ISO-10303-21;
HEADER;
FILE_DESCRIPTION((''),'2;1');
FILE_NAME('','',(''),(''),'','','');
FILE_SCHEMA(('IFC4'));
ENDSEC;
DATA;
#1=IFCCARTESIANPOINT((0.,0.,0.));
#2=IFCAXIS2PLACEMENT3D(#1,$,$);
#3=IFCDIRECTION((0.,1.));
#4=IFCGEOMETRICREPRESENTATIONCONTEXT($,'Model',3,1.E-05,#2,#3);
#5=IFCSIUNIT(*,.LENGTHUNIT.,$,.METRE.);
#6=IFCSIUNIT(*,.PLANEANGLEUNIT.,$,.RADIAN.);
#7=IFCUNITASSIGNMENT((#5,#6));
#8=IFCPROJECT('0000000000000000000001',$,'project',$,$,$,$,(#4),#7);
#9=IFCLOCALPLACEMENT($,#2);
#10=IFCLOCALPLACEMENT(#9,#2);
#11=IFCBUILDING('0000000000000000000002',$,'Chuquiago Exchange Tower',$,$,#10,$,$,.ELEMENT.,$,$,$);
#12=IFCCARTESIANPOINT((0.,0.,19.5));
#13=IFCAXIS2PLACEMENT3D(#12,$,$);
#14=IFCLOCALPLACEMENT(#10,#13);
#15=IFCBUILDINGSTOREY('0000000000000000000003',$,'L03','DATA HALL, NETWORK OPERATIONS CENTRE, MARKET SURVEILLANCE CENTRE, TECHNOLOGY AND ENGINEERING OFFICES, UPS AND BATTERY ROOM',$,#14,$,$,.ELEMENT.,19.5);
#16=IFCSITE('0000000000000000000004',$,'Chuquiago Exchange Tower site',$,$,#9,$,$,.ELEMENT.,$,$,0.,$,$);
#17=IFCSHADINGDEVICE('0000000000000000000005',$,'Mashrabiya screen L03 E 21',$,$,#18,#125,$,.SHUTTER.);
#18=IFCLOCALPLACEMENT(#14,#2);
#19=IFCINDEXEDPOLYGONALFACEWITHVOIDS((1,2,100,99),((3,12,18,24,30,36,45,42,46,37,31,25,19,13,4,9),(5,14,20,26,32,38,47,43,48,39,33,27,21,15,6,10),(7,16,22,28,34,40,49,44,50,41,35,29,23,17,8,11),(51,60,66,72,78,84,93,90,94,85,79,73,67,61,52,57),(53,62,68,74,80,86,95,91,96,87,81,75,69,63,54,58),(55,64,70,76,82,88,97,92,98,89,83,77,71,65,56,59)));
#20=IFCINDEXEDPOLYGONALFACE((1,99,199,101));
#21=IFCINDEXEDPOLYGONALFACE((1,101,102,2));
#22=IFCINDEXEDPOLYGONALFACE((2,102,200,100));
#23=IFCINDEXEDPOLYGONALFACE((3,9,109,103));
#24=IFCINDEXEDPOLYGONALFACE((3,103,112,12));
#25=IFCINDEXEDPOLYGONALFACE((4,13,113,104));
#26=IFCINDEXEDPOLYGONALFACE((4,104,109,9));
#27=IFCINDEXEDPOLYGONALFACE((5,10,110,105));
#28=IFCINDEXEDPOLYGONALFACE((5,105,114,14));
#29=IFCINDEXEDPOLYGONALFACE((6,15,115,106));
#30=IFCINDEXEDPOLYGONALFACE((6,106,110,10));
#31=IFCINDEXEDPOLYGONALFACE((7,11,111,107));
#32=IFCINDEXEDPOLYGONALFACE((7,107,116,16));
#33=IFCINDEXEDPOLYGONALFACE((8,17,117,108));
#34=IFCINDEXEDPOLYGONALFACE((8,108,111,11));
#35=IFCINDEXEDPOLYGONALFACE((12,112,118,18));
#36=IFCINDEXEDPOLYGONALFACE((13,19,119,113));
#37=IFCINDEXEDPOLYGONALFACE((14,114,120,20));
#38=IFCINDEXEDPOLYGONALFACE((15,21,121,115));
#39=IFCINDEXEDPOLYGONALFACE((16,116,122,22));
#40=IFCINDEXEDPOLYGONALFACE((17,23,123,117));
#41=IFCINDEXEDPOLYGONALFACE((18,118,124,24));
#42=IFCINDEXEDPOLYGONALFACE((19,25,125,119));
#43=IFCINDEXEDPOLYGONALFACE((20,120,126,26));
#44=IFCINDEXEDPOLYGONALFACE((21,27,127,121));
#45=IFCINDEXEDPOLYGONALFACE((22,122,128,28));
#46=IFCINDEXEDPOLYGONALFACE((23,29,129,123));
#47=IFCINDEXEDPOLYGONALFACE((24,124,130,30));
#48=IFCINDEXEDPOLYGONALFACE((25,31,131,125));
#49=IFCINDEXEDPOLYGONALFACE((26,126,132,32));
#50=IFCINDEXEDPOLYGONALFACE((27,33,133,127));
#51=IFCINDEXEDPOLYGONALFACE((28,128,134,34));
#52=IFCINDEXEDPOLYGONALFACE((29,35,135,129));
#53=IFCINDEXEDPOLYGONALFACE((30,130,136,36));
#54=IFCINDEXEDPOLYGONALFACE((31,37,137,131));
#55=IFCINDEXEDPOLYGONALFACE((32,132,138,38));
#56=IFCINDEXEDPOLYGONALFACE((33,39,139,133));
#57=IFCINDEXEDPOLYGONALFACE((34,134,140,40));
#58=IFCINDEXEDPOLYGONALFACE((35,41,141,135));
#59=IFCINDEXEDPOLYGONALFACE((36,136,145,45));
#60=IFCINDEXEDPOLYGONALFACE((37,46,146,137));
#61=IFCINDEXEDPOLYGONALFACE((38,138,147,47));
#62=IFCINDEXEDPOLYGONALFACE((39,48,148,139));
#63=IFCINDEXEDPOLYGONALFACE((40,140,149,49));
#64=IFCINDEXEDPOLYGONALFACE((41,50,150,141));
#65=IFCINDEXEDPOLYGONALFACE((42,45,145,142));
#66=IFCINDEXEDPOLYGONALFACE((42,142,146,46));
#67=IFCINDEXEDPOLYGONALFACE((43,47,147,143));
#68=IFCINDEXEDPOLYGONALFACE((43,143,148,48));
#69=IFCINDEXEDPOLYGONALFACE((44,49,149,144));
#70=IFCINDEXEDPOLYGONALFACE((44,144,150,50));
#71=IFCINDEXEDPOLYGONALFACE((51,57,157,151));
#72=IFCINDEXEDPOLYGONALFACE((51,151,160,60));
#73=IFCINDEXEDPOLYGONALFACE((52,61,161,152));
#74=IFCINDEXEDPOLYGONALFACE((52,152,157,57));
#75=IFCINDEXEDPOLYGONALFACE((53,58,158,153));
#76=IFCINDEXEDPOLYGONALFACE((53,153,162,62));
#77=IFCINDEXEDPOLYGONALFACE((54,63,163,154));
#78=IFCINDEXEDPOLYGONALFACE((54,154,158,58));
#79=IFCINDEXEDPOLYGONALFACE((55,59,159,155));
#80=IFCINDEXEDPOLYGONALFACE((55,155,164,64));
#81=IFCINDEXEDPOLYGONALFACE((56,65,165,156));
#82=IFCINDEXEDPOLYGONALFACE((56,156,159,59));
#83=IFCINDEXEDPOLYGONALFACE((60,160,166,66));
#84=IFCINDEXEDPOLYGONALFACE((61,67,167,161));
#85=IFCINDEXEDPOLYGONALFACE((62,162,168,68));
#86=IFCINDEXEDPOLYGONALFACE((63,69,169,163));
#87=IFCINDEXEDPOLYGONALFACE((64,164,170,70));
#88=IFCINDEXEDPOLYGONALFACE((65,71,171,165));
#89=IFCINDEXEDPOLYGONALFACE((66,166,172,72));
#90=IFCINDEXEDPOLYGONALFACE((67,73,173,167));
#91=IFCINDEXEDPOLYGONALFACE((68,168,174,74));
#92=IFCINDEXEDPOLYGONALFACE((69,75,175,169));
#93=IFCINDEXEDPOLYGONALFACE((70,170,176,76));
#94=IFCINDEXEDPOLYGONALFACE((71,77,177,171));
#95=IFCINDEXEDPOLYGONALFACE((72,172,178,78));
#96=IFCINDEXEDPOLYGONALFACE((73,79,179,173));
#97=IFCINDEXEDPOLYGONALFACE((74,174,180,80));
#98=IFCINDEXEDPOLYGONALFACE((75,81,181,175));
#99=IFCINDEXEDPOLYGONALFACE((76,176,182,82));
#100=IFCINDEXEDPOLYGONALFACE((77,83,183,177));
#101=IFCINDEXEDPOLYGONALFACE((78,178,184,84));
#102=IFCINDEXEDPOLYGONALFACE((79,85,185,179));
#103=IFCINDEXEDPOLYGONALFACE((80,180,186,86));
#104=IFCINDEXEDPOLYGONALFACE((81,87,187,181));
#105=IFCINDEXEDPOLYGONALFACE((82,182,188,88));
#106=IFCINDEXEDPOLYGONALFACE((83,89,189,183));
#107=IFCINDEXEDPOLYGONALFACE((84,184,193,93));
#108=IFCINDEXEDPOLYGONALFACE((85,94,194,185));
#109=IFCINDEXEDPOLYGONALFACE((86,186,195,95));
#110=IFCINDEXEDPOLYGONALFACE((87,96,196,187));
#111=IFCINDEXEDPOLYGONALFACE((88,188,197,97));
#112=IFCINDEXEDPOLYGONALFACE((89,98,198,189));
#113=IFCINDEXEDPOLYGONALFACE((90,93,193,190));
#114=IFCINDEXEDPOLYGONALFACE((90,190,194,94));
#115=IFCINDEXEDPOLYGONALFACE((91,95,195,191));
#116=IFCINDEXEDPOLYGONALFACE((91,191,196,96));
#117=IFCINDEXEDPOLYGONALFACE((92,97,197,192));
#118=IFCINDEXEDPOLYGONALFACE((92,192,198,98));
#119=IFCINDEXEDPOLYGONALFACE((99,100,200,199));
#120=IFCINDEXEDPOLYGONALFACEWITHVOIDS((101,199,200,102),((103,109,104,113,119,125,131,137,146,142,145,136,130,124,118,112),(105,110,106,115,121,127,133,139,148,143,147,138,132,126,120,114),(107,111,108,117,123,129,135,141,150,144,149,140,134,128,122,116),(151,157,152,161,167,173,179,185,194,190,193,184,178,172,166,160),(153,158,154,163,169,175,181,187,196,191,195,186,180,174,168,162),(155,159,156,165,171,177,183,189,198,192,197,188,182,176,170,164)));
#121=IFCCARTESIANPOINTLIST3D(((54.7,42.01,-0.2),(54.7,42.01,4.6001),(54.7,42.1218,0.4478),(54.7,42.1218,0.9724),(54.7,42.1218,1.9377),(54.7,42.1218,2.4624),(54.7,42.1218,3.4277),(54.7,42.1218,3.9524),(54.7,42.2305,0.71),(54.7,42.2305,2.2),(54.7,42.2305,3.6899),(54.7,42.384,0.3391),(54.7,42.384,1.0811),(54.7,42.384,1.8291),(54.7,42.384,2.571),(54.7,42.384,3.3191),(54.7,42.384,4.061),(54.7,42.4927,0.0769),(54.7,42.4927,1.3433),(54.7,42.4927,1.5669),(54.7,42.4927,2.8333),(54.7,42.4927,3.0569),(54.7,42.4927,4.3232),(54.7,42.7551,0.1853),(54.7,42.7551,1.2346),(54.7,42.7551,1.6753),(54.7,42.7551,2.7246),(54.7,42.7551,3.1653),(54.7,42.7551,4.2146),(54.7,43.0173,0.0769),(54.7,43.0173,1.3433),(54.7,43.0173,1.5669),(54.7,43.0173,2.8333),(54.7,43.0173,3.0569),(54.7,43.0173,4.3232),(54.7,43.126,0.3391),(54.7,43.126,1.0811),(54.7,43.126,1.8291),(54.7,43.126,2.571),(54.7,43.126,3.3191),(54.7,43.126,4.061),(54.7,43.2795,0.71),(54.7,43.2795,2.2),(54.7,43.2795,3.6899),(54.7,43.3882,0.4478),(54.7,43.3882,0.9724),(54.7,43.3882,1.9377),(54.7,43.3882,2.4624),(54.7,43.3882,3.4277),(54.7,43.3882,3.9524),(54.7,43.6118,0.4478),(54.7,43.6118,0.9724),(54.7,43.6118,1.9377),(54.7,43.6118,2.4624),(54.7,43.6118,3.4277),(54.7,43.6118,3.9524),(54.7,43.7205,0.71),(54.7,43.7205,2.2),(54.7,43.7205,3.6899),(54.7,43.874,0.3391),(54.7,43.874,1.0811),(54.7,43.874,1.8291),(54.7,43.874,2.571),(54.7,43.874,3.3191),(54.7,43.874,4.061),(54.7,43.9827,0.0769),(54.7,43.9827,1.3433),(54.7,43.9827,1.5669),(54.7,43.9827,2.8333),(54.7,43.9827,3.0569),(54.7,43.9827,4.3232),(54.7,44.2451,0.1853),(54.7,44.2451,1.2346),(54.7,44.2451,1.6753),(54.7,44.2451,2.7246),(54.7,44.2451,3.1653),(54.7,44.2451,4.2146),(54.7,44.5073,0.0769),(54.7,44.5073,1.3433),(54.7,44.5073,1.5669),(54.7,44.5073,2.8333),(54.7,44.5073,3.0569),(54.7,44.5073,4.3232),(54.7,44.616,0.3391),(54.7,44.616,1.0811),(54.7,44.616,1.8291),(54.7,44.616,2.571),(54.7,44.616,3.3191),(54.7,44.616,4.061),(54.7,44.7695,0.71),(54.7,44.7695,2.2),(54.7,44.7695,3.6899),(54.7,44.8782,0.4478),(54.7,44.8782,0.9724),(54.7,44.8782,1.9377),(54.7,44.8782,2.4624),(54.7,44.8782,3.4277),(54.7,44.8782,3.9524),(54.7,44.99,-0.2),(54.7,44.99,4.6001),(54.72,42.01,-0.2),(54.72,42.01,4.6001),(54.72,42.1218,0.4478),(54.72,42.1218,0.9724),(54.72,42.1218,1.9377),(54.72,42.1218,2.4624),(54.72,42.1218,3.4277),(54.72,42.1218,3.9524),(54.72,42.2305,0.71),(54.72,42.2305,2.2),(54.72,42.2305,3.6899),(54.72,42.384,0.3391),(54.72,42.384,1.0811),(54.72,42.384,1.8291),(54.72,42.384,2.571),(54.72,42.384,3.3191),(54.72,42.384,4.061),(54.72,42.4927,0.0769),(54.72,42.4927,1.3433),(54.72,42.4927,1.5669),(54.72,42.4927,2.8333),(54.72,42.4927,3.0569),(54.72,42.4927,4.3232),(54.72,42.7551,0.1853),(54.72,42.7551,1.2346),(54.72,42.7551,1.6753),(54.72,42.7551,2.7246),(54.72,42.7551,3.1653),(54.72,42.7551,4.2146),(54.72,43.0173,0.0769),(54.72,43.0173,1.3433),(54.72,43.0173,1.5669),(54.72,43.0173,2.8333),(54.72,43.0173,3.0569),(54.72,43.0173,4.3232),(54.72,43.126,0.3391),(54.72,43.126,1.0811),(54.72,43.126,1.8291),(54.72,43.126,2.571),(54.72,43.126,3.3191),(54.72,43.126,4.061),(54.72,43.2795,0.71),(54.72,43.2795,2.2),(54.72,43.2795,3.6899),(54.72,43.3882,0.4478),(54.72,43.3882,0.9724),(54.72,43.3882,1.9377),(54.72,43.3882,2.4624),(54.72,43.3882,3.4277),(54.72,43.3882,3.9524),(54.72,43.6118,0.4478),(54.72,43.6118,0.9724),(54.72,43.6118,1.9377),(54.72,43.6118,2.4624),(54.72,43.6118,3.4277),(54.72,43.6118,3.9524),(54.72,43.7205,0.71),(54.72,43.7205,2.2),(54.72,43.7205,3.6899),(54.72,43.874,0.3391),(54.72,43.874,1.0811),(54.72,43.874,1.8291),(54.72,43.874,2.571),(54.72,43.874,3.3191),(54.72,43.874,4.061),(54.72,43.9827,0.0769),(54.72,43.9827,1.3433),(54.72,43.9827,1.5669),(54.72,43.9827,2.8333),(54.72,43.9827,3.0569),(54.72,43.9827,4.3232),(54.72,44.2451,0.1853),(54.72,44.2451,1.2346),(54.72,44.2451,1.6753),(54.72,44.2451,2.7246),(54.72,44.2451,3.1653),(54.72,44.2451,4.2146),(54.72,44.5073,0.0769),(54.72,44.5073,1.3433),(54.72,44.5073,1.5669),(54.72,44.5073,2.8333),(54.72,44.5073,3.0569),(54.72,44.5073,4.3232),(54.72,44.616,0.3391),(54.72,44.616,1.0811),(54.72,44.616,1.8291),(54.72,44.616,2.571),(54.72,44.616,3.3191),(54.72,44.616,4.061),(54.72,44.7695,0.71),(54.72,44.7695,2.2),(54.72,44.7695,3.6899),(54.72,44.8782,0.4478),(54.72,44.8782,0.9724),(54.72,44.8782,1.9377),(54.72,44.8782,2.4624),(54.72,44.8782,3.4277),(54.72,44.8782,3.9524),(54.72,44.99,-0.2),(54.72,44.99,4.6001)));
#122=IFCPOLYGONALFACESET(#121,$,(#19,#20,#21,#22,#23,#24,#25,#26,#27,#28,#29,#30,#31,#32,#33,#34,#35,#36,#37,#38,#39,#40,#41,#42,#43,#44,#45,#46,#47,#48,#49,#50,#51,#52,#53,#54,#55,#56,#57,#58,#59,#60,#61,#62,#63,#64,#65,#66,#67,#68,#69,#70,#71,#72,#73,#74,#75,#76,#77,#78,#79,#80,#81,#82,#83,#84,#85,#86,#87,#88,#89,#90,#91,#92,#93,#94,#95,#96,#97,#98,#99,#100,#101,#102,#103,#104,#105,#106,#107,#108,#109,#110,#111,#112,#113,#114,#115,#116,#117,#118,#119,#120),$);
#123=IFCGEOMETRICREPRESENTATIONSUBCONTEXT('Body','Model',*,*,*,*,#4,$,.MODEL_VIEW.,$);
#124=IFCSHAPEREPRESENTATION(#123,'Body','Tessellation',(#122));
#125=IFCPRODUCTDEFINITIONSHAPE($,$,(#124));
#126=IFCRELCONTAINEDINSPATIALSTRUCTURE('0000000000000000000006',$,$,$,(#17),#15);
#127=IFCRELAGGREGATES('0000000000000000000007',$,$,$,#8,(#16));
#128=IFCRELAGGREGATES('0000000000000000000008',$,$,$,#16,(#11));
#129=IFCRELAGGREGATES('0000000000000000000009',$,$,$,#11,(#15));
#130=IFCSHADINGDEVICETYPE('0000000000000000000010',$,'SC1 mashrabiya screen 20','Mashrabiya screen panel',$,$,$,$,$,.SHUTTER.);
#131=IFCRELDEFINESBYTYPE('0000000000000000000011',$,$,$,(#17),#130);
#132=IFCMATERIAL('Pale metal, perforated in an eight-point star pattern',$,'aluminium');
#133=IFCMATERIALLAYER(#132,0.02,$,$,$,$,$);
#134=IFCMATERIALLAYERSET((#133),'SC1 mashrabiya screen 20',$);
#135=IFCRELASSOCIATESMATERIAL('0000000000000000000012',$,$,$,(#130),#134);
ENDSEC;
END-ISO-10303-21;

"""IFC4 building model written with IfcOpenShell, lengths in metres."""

from ifc_helpers import new_model, si_unit, direction, frame, origin, place, context, subcontext, project, spatial, polyline, outline, extrude, material, layer, layer_set, type_object, element, save


model = new_model("IFC4")

# Units and contexts
model_context = context("Model", 3, precision=1e-05, world=origin(), true_north=direction((0.0, 1.0)))
body_context = subcontext(model_context, "Body", "Model", "MODEL_VIEW")
ifc_project = project(units=[si_unit("LENGTHUNIT", "METRE"), si_unit("PLANEANGLEUNIT", "RADIAN")], contexts=[model_context])

# Site, building, storey
site_placement = place(None, origin())
site = spatial("IfcSite", under=ifc_project, at=site_placement, Name="Chuquiago Exchange Tower site", CompositionType="ELEMENT", RefElevation=0.0)
building_placement = place(site_placement, origin())
building = spatial("IfcBuilding", under=site, at=building_placement, Name="Chuquiago Exchange Tower", CompositionType="ELEMENT")
storey_placement = place(building_placement, frame((0.0, 0.0, 19.5)))
storey = spatial("IfcBuildingStorey", under=building, at=storey_placement, Name="L03", Description="DATA HALL, NETWORK OPERATIONS CENTRE, MARKET SURVEILLANCE CENTRE, TECHNOLOGY AND ENGINEERING OFFICES, UPS AND BATTERY ROOM", CompositionType="ELEMENT", Elevation=19.5)

# Shading device
ifc_material_1 = material(Name="Pale metal, perforated in an eight-point star pattern", Category="aluminium")
ifc_layer_1 = layer(ifc_material_1, 0.02)
ifc_layer_set_1 = layer_set([ifc_layer_1], Name="SC1 mashrabiya screen 20")
shading_device_type = type_object("IfcShadingDeviceType", Name="SC1 mashrabiya screen 20", Description="Mashrabiya screen panel", PredefinedType="SHUTTER", material=ifc_layer_set_1)
shading_device_1_placement = place(storey_placement, frame((54.7, 42.01, -0.2), z_axis=(0.0, 0.0, 1.0), x_axis=(0.0, 1.0, 0.0)))
element("IfcShadingDevice", 1, at=shading_device_1_placement, inside=storey, type_object=shading_device_type, Name="Mashrabiya screen L03 E 21", PredefinedType="SHUTTER", context=body_context, shape_type="SweptSolid", body=[
    extrude(outline(polyline([(0.0, 0.0), (2.98, 0.0), (2.98, 4.8), (0.0, 4.8), (0.0, 0.0)]), holes=[polyline([(1.2695, 0.9099), (1.3782, 1.1724), (1.116, 1.281), (1.0073, 1.5432), (0.7451, 1.4346), (0.4827, 1.5432), (0.374, 1.281), (0.1118, 1.1724), (0.2205, 0.9099), (0.1118, 0.6477), (0.374, 0.5391), (0.4827, 0.2769), (0.7451, 0.3853), (1.0073, 0.2769), (1.116, 0.5391), (1.3782, 0.6477), (1.2695, 0.9099)]), polyline([(2.7595, 0.9099), (2.8682, 1.1724), (2.606, 1.281), (2.4973, 1.5432), (2.2351, 1.4346), (1.9727, 1.5432), (1.864, 1.281), (1.6018, 1.1724), (1.7104, 0.9099), (1.6018, 0.6477), (1.864, 0.5391), (1.9727, 0.2769), (2.2351, 0.3853), (2.4973, 0.2769), (2.606, 0.5391), (2.8682, 0.6477), (2.7595, 0.9099)]), polyline([(1.2695, 2.3999), (1.3782, 2.6624), (1.116, 2.771), (1.0073, 3.0332), (0.7451, 2.9246), (0.4827, 3.0332), (0.374, 2.771), (0.1118, 2.6624), (0.2205, 2.3999), (0.1118, 2.1377), (0.374, 2.0291), (0.4827, 1.7668), (0.7451, 1.8752), (1.0073, 1.7668), (1.116, 2.0291), (1.3782, 2.1377), (1.2695, 2.3999)]), polyline([(2.7595, 2.3999), (2.8682, 2.6624), (2.606, 2.771), (2.4973, 3.0332), (2.2351, 2.9246), (1.9727, 3.0332), (1.864, 2.771), (1.6018, 2.6624), (1.7104, 2.3999), (1.6018, 2.1377), (1.864, 2.0291), (1.9727, 1.7668), (2.2351, 1.8752), (2.4973, 1.7668), (2.606, 2.0291), (2.8682, 2.1377), (2.7595, 2.3999)]), polyline([(1.2695, 3.8899), (1.3782, 4.1523), (1.116, 4.261), (1.0073, 4.5232), (0.7451, 4.4146), (0.4827, 4.5232), (0.374, 4.261), (0.1118, 4.1523), (0.2205, 3.8899), (0.1118, 3.6277), (0.374, 3.519), (0.4827, 3.2568), (0.7451, 3.3652), (1.0073, 3.2568), (1.116, 3.519), (1.3782, 3.6277), (1.2695, 3.8899)]), polyline([(2.7595, 3.8899), (2.8682, 4.1523), (2.606, 4.261), (2.4973, 4.5232), (2.2351, 4.4146), (1.9727, 4.5232), (1.864, 4.261), (1.6018, 4.1523), (1.7104, 3.8899), (1.6018, 3.6277), (1.864, 3.519), (1.9727, 3.2568), (2.2351, 3.3652), (2.4973, 3.2568), (2.606, 3.519), (2.8682, 3.6277), (2.7595, 3.8899)])]), frame((0.0, 0.0, 0.0), z_axis=(0.0, -1.0, 0.0), x_axis=(1.0, 0.0, 0.0)), (0.0, 0.0, 1.0), 0.02),
])

save(model, "model.ifc")
